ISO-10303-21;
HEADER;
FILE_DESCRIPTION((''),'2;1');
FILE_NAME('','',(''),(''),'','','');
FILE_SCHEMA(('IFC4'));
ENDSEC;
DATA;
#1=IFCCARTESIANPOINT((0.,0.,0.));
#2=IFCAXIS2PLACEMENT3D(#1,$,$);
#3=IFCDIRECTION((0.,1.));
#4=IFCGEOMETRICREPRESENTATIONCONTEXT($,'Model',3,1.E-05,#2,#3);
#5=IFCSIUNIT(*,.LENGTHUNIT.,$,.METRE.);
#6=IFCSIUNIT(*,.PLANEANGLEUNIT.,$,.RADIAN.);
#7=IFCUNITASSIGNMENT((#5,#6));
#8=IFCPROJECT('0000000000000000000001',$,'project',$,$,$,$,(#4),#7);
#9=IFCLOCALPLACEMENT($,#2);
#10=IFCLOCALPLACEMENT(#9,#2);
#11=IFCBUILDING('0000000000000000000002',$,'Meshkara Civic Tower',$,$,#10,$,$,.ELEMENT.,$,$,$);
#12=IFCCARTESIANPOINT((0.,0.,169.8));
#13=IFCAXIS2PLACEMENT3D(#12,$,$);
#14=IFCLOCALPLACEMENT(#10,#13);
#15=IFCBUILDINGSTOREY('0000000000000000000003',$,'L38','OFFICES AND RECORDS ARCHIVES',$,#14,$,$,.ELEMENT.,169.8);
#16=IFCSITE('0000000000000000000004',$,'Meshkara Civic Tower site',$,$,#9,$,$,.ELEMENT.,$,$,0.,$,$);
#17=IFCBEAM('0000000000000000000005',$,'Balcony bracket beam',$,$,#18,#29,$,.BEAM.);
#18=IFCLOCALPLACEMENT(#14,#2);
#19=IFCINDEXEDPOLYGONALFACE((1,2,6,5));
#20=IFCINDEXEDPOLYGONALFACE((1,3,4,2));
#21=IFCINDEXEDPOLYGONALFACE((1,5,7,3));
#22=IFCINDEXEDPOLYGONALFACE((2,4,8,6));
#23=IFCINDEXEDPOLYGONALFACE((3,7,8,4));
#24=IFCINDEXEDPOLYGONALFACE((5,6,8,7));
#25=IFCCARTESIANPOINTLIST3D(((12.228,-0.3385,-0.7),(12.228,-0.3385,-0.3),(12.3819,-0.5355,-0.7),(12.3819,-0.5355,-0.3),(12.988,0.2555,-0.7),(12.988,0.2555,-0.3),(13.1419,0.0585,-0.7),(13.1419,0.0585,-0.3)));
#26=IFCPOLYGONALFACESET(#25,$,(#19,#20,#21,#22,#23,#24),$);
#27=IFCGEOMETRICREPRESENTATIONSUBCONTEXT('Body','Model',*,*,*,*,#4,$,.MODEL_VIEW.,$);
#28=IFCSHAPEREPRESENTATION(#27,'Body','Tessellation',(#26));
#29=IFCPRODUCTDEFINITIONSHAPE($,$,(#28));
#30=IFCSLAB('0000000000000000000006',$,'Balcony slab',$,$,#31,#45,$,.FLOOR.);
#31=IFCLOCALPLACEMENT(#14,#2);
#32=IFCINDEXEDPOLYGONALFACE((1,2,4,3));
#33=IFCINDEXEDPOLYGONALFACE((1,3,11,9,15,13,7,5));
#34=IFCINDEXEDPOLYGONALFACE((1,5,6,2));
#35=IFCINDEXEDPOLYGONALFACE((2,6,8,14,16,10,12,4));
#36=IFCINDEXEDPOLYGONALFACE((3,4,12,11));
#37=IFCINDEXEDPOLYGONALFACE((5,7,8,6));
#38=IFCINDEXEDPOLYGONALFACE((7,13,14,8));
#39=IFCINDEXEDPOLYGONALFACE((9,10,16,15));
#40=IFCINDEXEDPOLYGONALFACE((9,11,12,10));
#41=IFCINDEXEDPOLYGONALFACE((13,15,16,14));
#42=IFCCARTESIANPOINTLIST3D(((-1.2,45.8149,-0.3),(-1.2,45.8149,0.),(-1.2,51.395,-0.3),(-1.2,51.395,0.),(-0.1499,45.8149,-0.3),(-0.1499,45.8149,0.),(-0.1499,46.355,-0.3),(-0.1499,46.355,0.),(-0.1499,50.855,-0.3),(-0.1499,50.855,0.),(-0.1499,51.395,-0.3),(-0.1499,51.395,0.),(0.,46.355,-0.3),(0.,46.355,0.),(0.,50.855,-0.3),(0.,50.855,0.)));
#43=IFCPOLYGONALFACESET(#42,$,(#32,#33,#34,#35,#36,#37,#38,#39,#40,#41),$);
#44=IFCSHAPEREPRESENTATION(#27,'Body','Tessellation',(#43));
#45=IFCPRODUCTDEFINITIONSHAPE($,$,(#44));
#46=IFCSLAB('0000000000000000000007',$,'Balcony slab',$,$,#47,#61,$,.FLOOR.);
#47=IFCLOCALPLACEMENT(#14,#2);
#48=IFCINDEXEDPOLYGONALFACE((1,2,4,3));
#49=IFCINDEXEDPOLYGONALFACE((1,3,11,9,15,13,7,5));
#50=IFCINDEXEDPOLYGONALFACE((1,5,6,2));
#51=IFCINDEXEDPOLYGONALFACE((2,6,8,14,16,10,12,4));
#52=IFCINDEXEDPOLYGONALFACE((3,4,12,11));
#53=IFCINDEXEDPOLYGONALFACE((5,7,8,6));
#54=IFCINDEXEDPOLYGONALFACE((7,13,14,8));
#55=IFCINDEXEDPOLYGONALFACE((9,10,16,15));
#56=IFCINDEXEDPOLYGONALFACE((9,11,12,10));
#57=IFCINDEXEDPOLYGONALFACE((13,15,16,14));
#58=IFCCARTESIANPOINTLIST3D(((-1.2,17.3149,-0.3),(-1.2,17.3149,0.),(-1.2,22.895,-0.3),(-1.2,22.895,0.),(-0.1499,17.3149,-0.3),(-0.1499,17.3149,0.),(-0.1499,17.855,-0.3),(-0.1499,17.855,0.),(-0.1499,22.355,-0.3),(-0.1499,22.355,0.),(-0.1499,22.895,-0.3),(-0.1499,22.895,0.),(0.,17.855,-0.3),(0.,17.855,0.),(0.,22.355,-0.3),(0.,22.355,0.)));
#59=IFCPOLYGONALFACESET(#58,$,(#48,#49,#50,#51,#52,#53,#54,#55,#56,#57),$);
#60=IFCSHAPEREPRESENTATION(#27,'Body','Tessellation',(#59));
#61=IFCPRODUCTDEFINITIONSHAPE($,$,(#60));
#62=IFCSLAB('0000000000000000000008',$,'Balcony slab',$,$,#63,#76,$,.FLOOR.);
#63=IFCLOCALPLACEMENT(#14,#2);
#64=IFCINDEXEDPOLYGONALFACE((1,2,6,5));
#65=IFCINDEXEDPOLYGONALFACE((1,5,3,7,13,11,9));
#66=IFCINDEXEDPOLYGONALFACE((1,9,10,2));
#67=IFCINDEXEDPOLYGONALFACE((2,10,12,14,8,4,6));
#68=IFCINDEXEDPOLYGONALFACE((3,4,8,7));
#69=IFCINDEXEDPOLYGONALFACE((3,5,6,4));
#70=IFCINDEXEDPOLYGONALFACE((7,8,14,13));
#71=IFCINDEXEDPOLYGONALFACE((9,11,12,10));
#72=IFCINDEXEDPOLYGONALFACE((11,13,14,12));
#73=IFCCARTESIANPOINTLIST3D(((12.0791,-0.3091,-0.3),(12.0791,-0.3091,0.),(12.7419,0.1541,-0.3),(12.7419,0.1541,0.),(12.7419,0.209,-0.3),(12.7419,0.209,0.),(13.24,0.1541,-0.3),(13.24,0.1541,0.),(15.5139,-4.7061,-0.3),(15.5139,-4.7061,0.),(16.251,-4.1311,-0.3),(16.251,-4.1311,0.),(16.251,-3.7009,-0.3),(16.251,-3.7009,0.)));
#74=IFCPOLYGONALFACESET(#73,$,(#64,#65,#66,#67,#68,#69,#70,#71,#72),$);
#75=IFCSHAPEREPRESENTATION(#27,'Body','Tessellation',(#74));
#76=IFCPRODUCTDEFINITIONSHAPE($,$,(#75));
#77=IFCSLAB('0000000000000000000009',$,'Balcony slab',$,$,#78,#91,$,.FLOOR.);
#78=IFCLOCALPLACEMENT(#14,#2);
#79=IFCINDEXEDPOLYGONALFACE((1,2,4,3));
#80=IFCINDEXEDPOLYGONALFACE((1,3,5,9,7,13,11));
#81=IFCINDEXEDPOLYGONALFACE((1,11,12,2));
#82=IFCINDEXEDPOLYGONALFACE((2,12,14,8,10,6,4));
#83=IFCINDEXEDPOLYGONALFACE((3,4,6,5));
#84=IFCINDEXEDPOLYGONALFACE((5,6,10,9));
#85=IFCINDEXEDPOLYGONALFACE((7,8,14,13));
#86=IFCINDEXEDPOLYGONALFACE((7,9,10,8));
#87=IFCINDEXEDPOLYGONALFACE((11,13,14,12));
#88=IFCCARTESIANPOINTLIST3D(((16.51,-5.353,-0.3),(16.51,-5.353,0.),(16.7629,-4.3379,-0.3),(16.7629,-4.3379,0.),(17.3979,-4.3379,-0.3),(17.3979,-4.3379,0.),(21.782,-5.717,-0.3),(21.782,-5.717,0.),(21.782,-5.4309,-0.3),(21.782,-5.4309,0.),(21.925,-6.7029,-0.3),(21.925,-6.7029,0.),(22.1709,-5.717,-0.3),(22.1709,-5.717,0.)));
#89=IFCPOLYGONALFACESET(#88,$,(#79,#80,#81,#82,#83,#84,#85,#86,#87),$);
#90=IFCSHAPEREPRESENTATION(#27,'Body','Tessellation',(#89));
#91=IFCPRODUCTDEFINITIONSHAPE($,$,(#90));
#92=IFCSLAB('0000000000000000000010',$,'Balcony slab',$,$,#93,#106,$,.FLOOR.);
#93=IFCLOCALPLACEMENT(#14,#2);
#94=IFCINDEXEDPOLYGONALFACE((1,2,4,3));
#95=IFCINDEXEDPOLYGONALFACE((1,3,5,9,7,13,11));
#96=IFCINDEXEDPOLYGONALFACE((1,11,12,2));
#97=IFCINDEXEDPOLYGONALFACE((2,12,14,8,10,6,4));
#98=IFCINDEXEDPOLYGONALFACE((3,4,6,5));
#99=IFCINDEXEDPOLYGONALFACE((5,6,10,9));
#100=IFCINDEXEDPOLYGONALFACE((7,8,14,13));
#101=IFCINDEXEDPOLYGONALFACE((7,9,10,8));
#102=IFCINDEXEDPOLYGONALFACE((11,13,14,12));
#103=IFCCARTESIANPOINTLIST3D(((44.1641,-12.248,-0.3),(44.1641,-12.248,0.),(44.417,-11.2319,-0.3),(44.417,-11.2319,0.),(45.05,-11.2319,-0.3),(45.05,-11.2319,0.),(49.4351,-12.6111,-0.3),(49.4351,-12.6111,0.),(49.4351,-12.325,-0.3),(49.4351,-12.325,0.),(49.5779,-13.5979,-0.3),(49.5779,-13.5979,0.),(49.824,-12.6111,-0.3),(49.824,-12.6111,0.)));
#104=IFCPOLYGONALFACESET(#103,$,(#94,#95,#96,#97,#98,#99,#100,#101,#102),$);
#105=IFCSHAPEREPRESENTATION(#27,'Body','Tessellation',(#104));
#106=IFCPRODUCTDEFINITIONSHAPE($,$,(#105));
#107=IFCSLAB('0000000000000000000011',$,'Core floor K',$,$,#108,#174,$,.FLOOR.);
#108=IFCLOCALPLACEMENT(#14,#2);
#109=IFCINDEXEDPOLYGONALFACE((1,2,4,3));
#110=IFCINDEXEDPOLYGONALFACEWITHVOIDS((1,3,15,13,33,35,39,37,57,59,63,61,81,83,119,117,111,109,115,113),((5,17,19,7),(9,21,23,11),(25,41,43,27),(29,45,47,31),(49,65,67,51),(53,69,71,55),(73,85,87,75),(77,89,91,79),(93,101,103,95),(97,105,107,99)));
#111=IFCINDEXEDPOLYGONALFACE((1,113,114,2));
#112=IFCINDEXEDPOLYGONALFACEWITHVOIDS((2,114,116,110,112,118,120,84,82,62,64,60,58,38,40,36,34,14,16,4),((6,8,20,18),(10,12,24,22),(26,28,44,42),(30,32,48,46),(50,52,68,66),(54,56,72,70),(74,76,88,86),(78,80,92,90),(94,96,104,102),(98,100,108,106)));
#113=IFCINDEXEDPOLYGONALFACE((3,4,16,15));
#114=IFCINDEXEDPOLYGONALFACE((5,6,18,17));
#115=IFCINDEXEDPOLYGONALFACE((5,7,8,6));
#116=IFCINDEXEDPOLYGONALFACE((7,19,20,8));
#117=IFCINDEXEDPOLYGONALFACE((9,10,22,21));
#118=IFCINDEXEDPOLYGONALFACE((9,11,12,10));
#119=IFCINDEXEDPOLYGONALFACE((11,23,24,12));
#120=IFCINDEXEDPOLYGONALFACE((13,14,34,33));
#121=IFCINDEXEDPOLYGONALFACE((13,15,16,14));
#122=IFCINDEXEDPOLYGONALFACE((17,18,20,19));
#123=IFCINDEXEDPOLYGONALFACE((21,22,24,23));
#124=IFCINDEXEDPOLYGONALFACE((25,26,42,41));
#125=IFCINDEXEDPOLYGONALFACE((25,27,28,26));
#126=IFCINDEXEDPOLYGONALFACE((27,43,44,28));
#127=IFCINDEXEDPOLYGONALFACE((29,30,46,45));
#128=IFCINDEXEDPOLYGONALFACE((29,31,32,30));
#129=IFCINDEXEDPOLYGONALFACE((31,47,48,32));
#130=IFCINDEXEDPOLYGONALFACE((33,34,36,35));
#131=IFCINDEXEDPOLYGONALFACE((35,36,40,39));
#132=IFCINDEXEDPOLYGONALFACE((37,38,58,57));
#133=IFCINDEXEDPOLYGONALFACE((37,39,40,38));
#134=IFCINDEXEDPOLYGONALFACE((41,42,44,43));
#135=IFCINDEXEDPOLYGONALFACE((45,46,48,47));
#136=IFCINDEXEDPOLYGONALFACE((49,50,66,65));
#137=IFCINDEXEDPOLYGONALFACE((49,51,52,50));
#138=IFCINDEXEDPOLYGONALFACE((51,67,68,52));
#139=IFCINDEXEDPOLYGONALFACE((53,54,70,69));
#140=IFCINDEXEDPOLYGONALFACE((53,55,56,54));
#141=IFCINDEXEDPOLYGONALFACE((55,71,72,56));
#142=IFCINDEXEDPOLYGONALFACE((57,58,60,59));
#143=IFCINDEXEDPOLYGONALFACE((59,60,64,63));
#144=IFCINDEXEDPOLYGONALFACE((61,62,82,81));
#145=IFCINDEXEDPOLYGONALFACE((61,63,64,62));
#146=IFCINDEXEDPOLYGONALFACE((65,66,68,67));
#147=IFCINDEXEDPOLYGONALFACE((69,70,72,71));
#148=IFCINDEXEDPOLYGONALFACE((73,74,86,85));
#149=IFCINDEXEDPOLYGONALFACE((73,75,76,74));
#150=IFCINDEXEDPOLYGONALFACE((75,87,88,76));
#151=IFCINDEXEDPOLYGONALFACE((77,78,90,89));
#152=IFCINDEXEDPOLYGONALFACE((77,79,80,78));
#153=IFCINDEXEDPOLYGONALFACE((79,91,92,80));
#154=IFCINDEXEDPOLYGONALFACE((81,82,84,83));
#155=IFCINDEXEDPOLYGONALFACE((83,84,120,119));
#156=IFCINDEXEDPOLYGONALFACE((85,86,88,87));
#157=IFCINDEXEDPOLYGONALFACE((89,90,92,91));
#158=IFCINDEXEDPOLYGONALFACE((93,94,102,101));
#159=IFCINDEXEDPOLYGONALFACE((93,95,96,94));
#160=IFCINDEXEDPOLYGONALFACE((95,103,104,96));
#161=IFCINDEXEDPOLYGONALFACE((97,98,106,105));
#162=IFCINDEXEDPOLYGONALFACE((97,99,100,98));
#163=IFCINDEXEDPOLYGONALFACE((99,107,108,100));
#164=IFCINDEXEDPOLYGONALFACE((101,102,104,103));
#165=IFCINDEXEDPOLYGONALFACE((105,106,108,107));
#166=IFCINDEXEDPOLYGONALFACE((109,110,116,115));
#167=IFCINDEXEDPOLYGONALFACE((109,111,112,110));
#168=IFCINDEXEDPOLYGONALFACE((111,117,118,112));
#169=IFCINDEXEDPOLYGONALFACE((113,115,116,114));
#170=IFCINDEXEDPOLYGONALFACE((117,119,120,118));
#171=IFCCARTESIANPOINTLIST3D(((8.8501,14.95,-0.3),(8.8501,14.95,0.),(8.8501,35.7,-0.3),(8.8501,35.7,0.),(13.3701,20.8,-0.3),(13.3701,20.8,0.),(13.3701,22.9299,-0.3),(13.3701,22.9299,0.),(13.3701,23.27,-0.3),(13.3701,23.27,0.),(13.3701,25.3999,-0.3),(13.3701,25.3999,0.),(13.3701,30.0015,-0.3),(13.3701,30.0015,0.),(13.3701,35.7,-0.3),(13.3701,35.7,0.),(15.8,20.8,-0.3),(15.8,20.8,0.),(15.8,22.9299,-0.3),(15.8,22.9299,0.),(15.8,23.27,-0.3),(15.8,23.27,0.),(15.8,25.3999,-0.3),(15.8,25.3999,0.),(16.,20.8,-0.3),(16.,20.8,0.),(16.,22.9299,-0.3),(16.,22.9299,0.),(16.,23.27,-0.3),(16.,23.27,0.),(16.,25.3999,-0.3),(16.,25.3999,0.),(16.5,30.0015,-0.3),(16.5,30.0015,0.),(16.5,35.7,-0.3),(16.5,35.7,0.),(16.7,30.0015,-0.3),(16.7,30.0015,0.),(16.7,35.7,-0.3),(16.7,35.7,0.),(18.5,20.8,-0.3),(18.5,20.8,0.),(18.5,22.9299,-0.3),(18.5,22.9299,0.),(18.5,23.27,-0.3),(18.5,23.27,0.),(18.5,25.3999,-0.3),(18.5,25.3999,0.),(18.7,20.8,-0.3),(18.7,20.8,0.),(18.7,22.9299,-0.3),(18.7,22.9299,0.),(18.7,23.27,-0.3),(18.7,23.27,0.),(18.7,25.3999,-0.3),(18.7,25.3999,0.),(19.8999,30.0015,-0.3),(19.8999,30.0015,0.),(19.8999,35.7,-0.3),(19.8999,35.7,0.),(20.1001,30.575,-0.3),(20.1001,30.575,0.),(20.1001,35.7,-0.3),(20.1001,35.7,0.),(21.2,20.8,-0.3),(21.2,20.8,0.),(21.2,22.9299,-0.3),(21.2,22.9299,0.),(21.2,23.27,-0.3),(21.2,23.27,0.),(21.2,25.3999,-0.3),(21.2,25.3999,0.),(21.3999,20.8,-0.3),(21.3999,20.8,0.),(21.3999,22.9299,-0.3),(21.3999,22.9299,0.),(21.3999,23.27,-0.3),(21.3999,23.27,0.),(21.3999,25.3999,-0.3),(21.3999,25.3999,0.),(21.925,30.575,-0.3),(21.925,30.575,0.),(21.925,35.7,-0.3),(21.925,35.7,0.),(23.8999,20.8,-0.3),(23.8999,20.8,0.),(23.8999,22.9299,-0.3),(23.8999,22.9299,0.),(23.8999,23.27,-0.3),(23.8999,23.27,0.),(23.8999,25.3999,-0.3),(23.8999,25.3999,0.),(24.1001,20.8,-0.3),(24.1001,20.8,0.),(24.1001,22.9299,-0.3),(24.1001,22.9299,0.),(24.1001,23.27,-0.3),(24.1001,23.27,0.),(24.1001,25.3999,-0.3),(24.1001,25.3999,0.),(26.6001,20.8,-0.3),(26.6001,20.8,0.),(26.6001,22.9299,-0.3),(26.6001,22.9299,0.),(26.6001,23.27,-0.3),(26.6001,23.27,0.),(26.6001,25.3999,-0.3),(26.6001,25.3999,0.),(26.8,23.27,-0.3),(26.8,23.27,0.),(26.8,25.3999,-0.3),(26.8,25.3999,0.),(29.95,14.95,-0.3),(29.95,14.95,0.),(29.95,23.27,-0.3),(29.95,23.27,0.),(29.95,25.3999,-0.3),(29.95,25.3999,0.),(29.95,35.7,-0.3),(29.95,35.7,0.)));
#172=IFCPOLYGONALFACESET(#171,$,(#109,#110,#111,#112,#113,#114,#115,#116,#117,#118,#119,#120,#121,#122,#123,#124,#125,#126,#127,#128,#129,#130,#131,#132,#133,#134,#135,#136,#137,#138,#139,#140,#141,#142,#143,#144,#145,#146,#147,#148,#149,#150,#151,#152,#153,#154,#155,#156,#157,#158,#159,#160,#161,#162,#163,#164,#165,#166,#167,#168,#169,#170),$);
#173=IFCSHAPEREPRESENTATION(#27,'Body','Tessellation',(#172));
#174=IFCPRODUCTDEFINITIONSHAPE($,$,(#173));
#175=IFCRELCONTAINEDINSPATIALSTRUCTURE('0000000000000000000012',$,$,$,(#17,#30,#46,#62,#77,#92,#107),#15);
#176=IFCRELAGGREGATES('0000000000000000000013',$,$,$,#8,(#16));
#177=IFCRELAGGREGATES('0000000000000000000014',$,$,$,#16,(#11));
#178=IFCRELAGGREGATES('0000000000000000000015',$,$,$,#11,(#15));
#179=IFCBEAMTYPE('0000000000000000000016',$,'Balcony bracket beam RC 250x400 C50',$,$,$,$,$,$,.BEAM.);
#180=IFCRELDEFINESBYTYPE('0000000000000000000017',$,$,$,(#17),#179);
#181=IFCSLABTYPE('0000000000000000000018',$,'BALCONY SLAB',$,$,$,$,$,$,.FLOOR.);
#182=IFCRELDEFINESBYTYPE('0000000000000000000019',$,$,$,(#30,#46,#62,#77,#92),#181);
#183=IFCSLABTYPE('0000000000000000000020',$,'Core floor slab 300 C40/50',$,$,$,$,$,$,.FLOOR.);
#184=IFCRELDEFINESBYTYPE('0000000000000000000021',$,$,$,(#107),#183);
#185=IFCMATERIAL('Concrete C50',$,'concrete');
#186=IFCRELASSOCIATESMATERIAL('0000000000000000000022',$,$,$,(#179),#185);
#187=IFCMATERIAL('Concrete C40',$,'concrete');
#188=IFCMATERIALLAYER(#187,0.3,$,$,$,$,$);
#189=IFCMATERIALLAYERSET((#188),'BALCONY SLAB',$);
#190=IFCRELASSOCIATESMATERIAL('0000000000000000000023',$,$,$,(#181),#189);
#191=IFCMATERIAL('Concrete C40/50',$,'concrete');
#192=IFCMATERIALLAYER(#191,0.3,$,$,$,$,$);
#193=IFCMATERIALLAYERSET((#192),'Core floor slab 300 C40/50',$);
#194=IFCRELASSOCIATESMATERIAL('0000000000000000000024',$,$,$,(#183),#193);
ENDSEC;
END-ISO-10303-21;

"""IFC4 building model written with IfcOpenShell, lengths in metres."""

from ifc_helpers import new_model, si_unit, direction, frame, origin, origin_2d, place, context, subcontext, project, spatial, polyline, rectangle, outline, extrude, material, layer, layer_set, material_profile, profile_set, type_object, element, save


model = new_model("IFC4")

# Units and contexts
model_context = context("Model", 3, precision=1e-05, world=origin(), true_north=direction((0.0, 1.0)))
body_context = subcontext(model_context, "Body", "Model", "MODEL_VIEW")
ifc_project = project(units=[si_unit("LENGTHUNIT", "METRE"), si_unit("PLANEANGLEUNIT", "RADIAN")], contexts=[model_context])

# Site, building, storey
site_placement = place(None, origin())
site = spatial("IfcSite", under=ifc_project, at=site_placement, Name="Meshkara Civic Tower site", CompositionType="ELEMENT", RefElevation=0.0)
building_placement = place(site_placement, origin())
building = spatial("IfcBuilding", under=site, at=building_placement, Name="Meshkara Civic Tower", CompositionType="ELEMENT")
storey_placement = place(building_placement, frame((0.0, 0.0, 169.8)))
storey = spatial("IfcBuildingStorey", under=building, at=storey_placement, Name="L38", Description="OFFICES AND RECORDS ARCHIVES", CompositionType="ELEMENT", Elevation=169.8)

# Beam
ifc_material_1 = material(Name="Concrete C50", Category="concrete")
ifc_material_profile = material_profile(ifc_material_1, rectangle(XDim=0.25, YDim=0.3999, at=origin_2d()))
ifc_profile_set = profile_set([ifc_material_profile], Name="Concrete C50")
beam_type = type_object("IfcBeamType", Name="Balcony bracket beam RC 250x400 C50", PredefinedType="BEAM", material=ifc_profile_set)
beam_placement = place(storey_placement, frame((13.0649, 0.157, -0.5), z_axis=(-0.787905, -0.615796, 0.0), x_axis=(0.615796, -0.787905, 0.0)))
element("IfcBeam", 1, at=beam_placement, inside=storey, type_object=beam_type, Name="Balcony bracket beam", PredefinedType="BEAM", context=body_context, shape_type="SweptSolid", body=[
    extrude(rectangle(XDim=0.25, YDim=0.3999, at=origin_2d()), origin(), (0.0, 0.0, 1.0), 0.9646),
])

# Slabs
ifc_material_2 = material(Name="Concrete C40", Category="concrete")
ifc_layer_1 = layer(ifc_material_2, 0.3)
ifc_layer_set_1 = layer_set([ifc_layer_1], Name="BALCONY SLAB")
slab_type_1 = type_object("IfcSlabType", Name="BALCONY SLAB", PredefinedType="FLOOR", material=ifc_layer_set_1)
slab_1_placement = place(storey_placement, frame((0.0, 0.0, -0.3)))
element("IfcSlab", 2, at=slab_1_placement, inside=storey, type_object=slab_type_1, Name="Balcony slab", PredefinedType="FLOOR", context=body_context, shape_type="SweptSolid", body=[
    extrude(outline(polyline([(-1.2, 45.8149), (-1.2, 51.395), (-0.1499, 51.395), (-0.1499, 50.855), (0.0, 50.855), (0.0, 46.355), (-0.1499, 46.355), (-0.1499, 45.8149), (-1.2, 45.8149)])), origin(), (0.0, 0.0, 1.0), 0.3),
])
slab_2_placement = place(storey_placement, frame((0.0, 0.0, -0.3)))
element("IfcSlab", 3, at=slab_2_placement, inside=storey, type_object=slab_type_1, Name="Balcony slab", PredefinedType="FLOOR", context=body_context, shape_type="SweptSolid", body=[
    extrude(outline(polyline([(-1.2, 17.3149), (-1.2, 22.895), (-0.1499, 22.895), (-0.1499, 22.355), (0.0, 22.355), (0.0, 17.855), (-0.1499, 17.855), (-0.1499, 17.3149), (-1.2, 17.3149)])), origin(), (0.0, 0.0, 1.0), 0.3),
])
slab_3_placement = place(storey_placement, frame((0.0, 0.0, -0.3)))
element("IfcSlab", 4, at=slab_3_placement, inside=storey, type_object=slab_type_1, Name="Balcony slab", PredefinedType="FLOOR", context=body_context, shape_type="SweptSolid", body=[
    extrude(outline(polyline([(15.5139, -4.7061), (12.0791, -0.3091), (12.7419, 0.209), (12.7419, 0.1541), (13.24, 0.1541), (16.251, -3.7009), (16.251, -4.1311), (15.5139, -4.7061)])), origin(), (0.0, 0.0, 1.0), 0.3),
])
slab_4_placement = place(storey_placement, frame((0.0, 0.0, -0.3)))
element("IfcSlab", 5, at=slab_4_placement, inside=storey, type_object=slab_type_1, Name="Balcony slab", PredefinedType="FLOOR", context=body_context, shape_type="SweptSolid", body=[
    extrude(outline(polyline([(21.925, -6.7029), (16.51, -5.353), (16.7629, -4.3379), (17.3979, -4.3379), (21.782, -5.4309), (21.782, -5.717), (22.1709, -5.717), (21.925, -6.7029)])), origin(), (0.0, 0.0, 1.0), 0.3),
])
slab_5_placement = place(storey_placement, frame((0.0, 0.0, -0.3)))
element("IfcSlab", 6, at=slab_5_placement, inside=storey, type_object=slab_type_1, Name="Balcony slab", PredefinedType="FLOOR", context=body_context, shape_type="SweptSolid", body=[
    extrude(outline(polyline([(49.5779, -13.5979), (44.1641, -12.248), (44.417, -11.2319), (45.05, -11.2319), (49.4351, -12.325), (49.4351, -12.6111), (49.824, -12.6111), (49.5779, -13.5979)])), origin(), (0.0, 0.0, 1.0), 0.3),
])
ifc_material_3 = material(Name="Concrete C40/50", Category="concrete")
ifc_layer_2 = layer(ifc_material_3, 0.3)
ifc_layer_set_2 = layer_set([ifc_layer_2], Name="Core floor slab 300 C40/50")
slab_type_2 = type_object("IfcSlabType", Name="Core floor slab 300 C40/50", PredefinedType="FLOOR", material=ifc_layer_set_2)
slab_6_placement = place(storey_placement, frame((0.0, 0.0, -0.3)))
element("IfcSlab", 7, at=slab_6_placement, inside=storey, type_object=slab_type_2, Name="Core floor K", PredefinedType="FLOOR", context=body_context, shape_type="SweptSolid", body=[
    extrude(outline(polyline([(8.8501, 35.7), (13.3701, 35.7), (13.3701, 30.0015), (16.5, 30.0015), (16.5, 35.7), (16.7, 35.7), (16.7, 30.0015), (19.8999, 30.0015), (19.8999, 35.7), (20.1001, 35.7), (20.1001, 30.575), (21.925, 30.575), (21.925, 35.7), (29.95, 35.7), (29.95, 25.3999), (26.8, 25.3999), (26.8, 23.27), (29.95, 23.27), (29.95, 14.95), (8.8501, 14.95), (8.8501, 35.7)]), holes=[polyline([(15.8, 22.9299), (13.3701, 22.9299), (13.3701, 20.8), (15.8, 20.8), (15.8, 22.9299)]), polyline([(16.0, 22.9299), (16.0, 20.8), (18.5, 20.8), (18.5, 22.9299), (16.0, 22.9299)]), polyline([(18.7, 22.9299), (18.7, 20.8), (21.2, 20.8), (21.2, 22.9299), (18.7, 22.9299)]), polyline([(15.8, 23.27), (15.8, 25.3999), (13.3701, 25.3999), (13.3701, 23.27), (15.8, 23.27)]), polyline([(16.0, 25.3999), (16.0, 23.27), (18.5, 23.27), (18.5, 25.3999), (16.0, 25.3999)]), polyline([(21.3999, 20.8), (23.8999, 20.8), (23.8999, 22.9299), (21.3999, 22.9299), (21.3999, 20.8)]), polyline([(24.1001, 20.8), (26.6001, 20.8), (26.6001, 22.9299), (24.1001, 22.9299), (24.1001, 20.8)]), polyline([(18.7, 25.3999), (18.7, 23.27), (21.2, 23.27), (21.2, 25.3999), (18.7, 25.3999)]), polyline([(21.3999, 25.3999), (21.3999, 23.27), (23.8999, 23.27), (23.8999, 25.3999), (21.3999, 25.3999)]), polyline([(24.1001, 23.27), (26.6001, 23.27), (26.6001, 25.3999), (24.1001, 25.3999), (24.1001, 23.27)])]), origin(), (0.0, 0.0, 1.0), 0.3),
])

save(model, "model.ifc")
